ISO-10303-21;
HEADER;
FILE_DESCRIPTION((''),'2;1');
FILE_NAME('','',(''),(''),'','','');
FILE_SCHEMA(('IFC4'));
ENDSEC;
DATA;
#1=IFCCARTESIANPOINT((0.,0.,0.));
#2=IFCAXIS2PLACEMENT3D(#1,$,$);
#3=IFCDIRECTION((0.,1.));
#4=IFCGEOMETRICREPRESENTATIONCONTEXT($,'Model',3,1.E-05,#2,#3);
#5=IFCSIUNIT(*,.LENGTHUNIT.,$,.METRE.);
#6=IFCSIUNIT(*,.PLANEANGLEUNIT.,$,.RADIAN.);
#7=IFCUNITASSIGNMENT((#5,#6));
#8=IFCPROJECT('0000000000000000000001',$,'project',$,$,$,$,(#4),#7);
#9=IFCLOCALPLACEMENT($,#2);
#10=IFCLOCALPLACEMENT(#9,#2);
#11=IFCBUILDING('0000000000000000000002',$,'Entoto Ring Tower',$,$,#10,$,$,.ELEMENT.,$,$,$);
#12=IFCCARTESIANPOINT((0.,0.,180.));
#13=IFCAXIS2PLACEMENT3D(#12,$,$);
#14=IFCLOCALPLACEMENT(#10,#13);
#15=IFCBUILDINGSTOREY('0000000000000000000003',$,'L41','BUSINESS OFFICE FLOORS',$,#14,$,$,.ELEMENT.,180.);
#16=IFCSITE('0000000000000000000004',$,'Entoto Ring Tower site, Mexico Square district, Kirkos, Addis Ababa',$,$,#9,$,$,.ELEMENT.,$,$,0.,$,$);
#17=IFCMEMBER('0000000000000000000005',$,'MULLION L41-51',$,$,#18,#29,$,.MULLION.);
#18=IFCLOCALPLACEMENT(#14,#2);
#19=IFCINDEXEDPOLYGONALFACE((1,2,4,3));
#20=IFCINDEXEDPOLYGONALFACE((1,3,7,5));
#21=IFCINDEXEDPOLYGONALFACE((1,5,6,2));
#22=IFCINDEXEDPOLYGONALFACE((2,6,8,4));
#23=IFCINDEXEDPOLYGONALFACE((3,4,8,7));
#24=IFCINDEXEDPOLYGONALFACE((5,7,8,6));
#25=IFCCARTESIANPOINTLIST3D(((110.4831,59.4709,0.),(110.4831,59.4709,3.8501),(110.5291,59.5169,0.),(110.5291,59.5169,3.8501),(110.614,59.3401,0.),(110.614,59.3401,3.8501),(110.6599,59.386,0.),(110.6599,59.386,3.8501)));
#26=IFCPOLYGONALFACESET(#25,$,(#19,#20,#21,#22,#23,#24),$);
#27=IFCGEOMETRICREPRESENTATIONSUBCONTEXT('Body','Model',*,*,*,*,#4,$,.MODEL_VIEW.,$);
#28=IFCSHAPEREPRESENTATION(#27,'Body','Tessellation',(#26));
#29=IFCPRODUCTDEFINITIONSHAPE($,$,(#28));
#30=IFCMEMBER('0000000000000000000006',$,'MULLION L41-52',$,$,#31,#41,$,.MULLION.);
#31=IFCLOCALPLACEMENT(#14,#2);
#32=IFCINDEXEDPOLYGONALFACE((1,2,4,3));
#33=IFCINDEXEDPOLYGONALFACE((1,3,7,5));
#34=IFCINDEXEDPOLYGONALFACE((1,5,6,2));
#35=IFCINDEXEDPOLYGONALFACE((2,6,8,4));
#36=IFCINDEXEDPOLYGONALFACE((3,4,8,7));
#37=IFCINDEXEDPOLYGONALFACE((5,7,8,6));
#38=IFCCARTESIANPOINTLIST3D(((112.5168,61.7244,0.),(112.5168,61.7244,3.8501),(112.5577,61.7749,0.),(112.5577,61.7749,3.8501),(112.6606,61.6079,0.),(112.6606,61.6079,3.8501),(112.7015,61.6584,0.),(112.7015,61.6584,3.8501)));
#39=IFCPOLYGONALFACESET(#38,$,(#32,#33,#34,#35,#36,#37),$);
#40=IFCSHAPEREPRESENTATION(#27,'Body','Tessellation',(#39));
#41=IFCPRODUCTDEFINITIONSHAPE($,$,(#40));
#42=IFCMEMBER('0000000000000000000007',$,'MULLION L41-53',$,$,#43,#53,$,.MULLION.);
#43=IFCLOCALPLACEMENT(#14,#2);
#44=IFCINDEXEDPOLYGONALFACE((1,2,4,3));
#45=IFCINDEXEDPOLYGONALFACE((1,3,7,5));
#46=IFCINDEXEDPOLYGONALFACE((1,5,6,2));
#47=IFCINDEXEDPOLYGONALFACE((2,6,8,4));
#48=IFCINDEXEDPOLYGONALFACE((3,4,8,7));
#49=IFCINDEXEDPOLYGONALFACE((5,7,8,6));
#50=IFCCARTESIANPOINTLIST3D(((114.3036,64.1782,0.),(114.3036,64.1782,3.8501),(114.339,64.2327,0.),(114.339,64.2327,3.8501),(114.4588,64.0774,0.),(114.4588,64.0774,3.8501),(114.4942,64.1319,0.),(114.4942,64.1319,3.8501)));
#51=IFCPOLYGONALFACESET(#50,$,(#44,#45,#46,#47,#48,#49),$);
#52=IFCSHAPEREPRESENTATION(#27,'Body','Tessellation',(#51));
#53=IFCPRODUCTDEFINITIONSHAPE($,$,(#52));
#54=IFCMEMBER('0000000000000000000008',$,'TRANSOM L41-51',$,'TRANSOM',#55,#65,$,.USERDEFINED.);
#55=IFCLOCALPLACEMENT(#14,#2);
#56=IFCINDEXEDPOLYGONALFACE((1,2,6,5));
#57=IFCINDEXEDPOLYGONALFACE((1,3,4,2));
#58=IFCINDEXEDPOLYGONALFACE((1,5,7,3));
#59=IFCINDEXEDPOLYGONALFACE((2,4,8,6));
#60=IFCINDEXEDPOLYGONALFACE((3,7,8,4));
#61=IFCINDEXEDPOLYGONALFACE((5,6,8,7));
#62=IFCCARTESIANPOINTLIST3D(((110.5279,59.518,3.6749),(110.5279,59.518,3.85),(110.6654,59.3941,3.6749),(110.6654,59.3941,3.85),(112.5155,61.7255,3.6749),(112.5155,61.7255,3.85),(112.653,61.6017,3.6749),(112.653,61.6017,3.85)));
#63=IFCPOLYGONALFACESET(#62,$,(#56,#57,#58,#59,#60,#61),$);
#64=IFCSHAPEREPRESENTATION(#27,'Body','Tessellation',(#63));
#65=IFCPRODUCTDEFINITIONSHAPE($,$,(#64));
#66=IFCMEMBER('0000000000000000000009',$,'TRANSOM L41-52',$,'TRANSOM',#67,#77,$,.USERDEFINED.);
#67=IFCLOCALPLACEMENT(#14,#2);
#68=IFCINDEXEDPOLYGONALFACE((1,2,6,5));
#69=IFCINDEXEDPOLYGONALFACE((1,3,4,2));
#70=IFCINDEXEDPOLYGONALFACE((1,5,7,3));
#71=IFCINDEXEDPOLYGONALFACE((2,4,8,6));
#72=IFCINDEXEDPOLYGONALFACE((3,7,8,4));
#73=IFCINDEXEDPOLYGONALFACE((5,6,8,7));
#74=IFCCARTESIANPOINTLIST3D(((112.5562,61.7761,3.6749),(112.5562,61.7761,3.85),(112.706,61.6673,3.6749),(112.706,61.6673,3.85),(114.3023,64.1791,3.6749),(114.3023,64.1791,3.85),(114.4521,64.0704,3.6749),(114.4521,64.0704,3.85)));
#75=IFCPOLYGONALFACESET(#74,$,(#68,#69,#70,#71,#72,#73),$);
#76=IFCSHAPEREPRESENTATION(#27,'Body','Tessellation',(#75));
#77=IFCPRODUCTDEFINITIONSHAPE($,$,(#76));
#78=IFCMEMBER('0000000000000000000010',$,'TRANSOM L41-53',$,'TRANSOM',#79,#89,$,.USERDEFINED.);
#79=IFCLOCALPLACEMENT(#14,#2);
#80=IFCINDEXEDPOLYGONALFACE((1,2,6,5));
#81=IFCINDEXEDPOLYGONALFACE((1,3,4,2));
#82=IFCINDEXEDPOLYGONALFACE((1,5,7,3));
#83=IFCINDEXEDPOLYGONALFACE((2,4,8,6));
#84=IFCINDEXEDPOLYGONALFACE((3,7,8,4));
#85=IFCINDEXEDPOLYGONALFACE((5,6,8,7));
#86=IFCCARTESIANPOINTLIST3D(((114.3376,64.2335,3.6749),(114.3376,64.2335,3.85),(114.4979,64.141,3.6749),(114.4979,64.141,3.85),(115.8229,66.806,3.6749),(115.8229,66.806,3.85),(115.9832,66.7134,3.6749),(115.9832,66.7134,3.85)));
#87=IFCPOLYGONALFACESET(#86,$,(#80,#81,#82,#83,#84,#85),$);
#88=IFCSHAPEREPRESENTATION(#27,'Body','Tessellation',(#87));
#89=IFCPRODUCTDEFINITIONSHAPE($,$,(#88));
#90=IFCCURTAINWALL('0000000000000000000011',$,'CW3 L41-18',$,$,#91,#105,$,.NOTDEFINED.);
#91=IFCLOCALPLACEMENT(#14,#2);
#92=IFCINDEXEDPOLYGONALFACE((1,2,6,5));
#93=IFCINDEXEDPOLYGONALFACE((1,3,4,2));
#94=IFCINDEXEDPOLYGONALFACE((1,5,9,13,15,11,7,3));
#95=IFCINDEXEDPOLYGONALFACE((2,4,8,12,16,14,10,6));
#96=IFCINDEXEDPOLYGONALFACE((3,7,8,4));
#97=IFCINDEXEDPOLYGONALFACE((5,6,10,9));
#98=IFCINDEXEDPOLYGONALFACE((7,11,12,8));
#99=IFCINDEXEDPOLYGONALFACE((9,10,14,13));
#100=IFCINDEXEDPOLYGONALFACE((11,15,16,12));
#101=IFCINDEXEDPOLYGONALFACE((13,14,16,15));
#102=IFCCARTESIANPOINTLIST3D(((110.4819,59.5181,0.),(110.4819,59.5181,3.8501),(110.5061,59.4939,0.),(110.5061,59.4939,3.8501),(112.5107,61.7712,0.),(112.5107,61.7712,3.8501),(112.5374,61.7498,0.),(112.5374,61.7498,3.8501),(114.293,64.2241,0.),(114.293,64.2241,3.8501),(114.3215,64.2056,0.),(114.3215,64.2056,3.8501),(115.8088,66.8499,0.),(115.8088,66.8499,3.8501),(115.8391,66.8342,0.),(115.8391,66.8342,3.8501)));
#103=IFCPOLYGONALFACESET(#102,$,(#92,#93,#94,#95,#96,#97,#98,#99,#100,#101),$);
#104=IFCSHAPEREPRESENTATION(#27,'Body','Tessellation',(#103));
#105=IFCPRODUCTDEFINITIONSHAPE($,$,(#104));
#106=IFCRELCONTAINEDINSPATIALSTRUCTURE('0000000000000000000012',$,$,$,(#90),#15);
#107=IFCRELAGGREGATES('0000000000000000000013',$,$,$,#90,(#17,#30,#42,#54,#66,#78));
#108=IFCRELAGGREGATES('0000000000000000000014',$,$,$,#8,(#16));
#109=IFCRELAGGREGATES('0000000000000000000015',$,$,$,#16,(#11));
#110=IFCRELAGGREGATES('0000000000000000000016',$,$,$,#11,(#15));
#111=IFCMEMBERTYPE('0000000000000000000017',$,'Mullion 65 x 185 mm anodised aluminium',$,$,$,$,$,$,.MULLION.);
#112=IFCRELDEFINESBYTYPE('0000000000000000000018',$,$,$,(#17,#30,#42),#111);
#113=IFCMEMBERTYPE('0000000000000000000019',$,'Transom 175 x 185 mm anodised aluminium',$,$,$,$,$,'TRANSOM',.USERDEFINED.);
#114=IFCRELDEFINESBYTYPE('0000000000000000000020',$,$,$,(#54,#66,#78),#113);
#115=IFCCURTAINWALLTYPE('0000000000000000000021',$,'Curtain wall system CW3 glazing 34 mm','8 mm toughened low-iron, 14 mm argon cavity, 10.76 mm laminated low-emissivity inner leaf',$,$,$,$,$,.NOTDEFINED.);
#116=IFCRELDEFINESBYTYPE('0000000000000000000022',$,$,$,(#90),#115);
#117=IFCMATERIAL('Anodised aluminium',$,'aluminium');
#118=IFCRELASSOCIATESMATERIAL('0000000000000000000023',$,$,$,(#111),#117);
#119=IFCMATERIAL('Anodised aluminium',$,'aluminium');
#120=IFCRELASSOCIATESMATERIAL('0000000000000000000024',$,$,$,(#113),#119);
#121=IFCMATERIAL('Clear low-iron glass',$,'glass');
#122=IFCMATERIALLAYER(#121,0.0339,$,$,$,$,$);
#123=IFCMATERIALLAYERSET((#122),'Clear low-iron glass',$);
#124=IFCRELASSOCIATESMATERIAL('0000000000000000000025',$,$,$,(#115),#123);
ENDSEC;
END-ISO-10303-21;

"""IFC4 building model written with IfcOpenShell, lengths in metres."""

from ifc_helpers import new_model, si_unit, direction, frame, origin, origin_2d, place, context, subcontext, project, spatial, polyline, rectangle, outline, extrude, material, layer, layer_set, material_profile, profile_set, type_object, element, aggregate, save


model = new_model("IFC4")

# Units and contexts
model_context = context("Model", 3, precision=1e-05, world=origin(), true_north=direction((0.0, 1.0)))
body_context = subcontext(model_context, "Body", "Model", "MODEL_VIEW")
ifc_project = project(units=[si_unit("LENGTHUNIT", "METRE"), si_unit("PLANEANGLEUNIT", "RADIAN")], contexts=[model_context])

# Members
ifc_material_1 = material(Name="Anodised aluminium", Category="aluminium")
ifc_material_profile_1 = material_profile(ifc_material_1, rectangle(XDim=0.0649, YDim=0.1851, at=origin_2d()), Name="Mullion 65 x 185 mm anodised aluminium")
ifc_profile_set_1 = profile_set([ifc_material_profile_1], Name="Anodised aluminium")
member_type_1 = type_object("IfcMemberType", Name="Mullion 65 x 185 mm anodised aluminium", PredefinedType="MULLION", material=ifc_profile_set_1)
site_placement = place(None, origin())
building_placement = place(site_placement, origin())
storey_placement = place(building_placement, frame((0.0, 0.0, 180.0)))
member_1_placement = place(storey_placement, frame((110.5715, 59.4285, 0.0), z_axis=(0.0, 0.0, 1.0), x_axis=(0.707107, 0.707107, 0.0)))
member_1 = element("IfcMember", 1, at=member_1_placement, type_object=member_type_1, Name="MULLION L41-51", PredefinedType="MULLION", context=body_context, shape_type="SweptSolid", body=[
    extrude(rectangle(XDim=0.0649, YDim=0.1851, at=origin_2d()), origin(), (0.0, 0.0, 1.0), 3.8501),
])
member_2_placement = place(storey_placement, frame((112.6091, 61.6914, 0.0), z_axis=(0.0, 0.0, 1.0), x_axis=(0.62932, 0.777146, 0.0)))
member_2 = element("IfcMember", 2, at=member_2_placement, type_object=member_type_1, Name="MULLION L41-52", PredefinedType="MULLION", context=body_context, shape_type="SweptSolid", body=[
    extrude(rectangle(XDim=0.0649, YDim=0.1851, at=origin_2d()), origin(), (0.0, 0.0, 1.0), 3.8501),
])
member_3_placement = place(storey_placement, frame((114.3989, 64.155, 0.0), z_axis=(0.0, 0.0, 1.0), x_axis=(0.544639, 0.838671, 0.0)))
member_3 = element("IfcMember", 3, at=member_3_placement, type_object=member_type_1, Name="MULLION L41-53", PredefinedType="MULLION", context=body_context, shape_type="SweptSolid", body=[
    extrude(rectangle(XDim=0.0649, YDim=0.1851, at=origin_2d()), origin(), (0.0, 0.0, 1.0), 3.8501),
])
ifc_material_2 = material(Name="Anodised aluminium", Category="aluminium")
ifc_material_profile_2 = material_profile(ifc_material_2, rectangle(XDim=0.1851, YDim=0.175, at=origin_2d()), Name="Transom 175 x 185 mm anodised aluminium")
ifc_profile_set_2 = profile_set([ifc_material_profile_2], Name="Anodised aluminium")
member_type_2 = type_object("IfcMemberType", Name="Transom 175 x 185 mm anodised aluminium", ElementType="TRANSOM", PredefinedType="USERDEFINED", material=ifc_profile_set_2)
member_4_placement = place(storey_placement, frame((110.5967, 59.4561, 3.7625), z_axis=(0.66911, 0.743163, 0.0), x_axis=(-0.743163, 0.66911, 0.0)))
member_4 = element("IfcMember", 4, at=member_4_placement, type_object=member_type_2, Name="TRANSOM L41-51", ObjectType="TRANSOM", PredefinedType="USERDEFINED", context=body_context, shape_type="SweptSolid", body=[
    extrude(rectangle(XDim=0.1851, YDim=0.175, at=origin_2d()), origin(), (0.0, 0.0, 1.0), 2.9705),
])
member_5_placement = place(storey_placement, frame((112.6311, 61.7217, 3.7625), z_axis=(0.58782, 0.808992, 0.0), x_axis=(-0.808992, 0.58782, 0.0)))
member_5 = element("IfcMember", 5, at=member_5_placement, type_object=member_type_2, Name="TRANSOM L41-52", ObjectType="TRANSOM", PredefinedType="USERDEFINED", context=body_context, shape_type="SweptSolid", body=[
    extrude(rectangle(XDim=0.1851, YDim=0.175, at=origin_2d()), origin(), (0.0, 0.0, 1.0), 2.9705),
])
member_6_placement = place(storey_placement, frame((114.4177, 64.1873, 3.7625), z_axis=(0.500028, 0.866009, 0.0), x_axis=(-0.866009, 0.500028, 0.0)))
member_6 = element("IfcMember", 6, at=member_6_placement, type_object=member_type_2, Name="TRANSOM L41-53", ObjectType="TRANSOM", PredefinedType="USERDEFINED", context=body_context, shape_type="SweptSolid", body=[
    extrude(rectangle(XDim=0.1851, YDim=0.175, at=origin_2d()), origin(), (0.0, 0.0, 1.0), 2.9705),
])

# Site, building, storey
site = spatial("IfcSite", under=ifc_project, at=site_placement, Name="Entoto Ring Tower site, Mexico Square district, Kirkos, Addis Ababa", CompositionType="ELEMENT", RefElevation=0.0)
building = spatial("IfcBuilding", under=site, at=building_placement, Name="Entoto Ring Tower", CompositionType="ELEMENT")
storey = spatial("IfcBuildingStorey", under=building, at=storey_placement, Name="L41", Description="BUSINESS OFFICE FLOORS", CompositionType="ELEMENT", Elevation=180.0)

# Curtain wall
ifc_material_3 = material(Name="Clear low-iron glass", Category="glass")
ifc_layer_1 = layer(ifc_material_3, 0.0339)
ifc_layer_set_1 = layer_set([ifc_layer_1], Name="Clear low-iron glass")
curtain_wall_type = type_object("IfcCurtainWallType", Name="Curtain wall system CW3 glazing 34 mm", Description="8 mm toughened low-iron, 14 mm argon cavity, 10.76 mm laminated low-emissivity inner leaf", PredefinedType="NOTDEFINED", material=ifc_layer_set_1)
curtain_wall_1_placement = place(storey_placement, origin())
curtain_wall_1 = element("IfcCurtainWall", 7, at=curtain_wall_1_placement, inside=storey, type_object=curtain_wall_type, Name="CW3 L41-18", PredefinedType="NOTDEFINED", context=body_context, shape_type="SweptSolid", body=[
    extrude(outline(polyline([(110.5061, 59.4939), (112.5374, 61.7498), (114.3215, 64.2056), (115.8391, 66.8342), (115.8088, 66.8499), (114.293, 64.2241), (112.5107, 61.7712), (110.4819, 59.5181), (110.5061, 59.4939)])), origin(), (0.0, 0.0, 1.0), 3.8501),
])
aggregate(curtain_wall_1, [member_1, member_2, member_3, member_4, member_5, member_6])

save(model, "model.ifc")
